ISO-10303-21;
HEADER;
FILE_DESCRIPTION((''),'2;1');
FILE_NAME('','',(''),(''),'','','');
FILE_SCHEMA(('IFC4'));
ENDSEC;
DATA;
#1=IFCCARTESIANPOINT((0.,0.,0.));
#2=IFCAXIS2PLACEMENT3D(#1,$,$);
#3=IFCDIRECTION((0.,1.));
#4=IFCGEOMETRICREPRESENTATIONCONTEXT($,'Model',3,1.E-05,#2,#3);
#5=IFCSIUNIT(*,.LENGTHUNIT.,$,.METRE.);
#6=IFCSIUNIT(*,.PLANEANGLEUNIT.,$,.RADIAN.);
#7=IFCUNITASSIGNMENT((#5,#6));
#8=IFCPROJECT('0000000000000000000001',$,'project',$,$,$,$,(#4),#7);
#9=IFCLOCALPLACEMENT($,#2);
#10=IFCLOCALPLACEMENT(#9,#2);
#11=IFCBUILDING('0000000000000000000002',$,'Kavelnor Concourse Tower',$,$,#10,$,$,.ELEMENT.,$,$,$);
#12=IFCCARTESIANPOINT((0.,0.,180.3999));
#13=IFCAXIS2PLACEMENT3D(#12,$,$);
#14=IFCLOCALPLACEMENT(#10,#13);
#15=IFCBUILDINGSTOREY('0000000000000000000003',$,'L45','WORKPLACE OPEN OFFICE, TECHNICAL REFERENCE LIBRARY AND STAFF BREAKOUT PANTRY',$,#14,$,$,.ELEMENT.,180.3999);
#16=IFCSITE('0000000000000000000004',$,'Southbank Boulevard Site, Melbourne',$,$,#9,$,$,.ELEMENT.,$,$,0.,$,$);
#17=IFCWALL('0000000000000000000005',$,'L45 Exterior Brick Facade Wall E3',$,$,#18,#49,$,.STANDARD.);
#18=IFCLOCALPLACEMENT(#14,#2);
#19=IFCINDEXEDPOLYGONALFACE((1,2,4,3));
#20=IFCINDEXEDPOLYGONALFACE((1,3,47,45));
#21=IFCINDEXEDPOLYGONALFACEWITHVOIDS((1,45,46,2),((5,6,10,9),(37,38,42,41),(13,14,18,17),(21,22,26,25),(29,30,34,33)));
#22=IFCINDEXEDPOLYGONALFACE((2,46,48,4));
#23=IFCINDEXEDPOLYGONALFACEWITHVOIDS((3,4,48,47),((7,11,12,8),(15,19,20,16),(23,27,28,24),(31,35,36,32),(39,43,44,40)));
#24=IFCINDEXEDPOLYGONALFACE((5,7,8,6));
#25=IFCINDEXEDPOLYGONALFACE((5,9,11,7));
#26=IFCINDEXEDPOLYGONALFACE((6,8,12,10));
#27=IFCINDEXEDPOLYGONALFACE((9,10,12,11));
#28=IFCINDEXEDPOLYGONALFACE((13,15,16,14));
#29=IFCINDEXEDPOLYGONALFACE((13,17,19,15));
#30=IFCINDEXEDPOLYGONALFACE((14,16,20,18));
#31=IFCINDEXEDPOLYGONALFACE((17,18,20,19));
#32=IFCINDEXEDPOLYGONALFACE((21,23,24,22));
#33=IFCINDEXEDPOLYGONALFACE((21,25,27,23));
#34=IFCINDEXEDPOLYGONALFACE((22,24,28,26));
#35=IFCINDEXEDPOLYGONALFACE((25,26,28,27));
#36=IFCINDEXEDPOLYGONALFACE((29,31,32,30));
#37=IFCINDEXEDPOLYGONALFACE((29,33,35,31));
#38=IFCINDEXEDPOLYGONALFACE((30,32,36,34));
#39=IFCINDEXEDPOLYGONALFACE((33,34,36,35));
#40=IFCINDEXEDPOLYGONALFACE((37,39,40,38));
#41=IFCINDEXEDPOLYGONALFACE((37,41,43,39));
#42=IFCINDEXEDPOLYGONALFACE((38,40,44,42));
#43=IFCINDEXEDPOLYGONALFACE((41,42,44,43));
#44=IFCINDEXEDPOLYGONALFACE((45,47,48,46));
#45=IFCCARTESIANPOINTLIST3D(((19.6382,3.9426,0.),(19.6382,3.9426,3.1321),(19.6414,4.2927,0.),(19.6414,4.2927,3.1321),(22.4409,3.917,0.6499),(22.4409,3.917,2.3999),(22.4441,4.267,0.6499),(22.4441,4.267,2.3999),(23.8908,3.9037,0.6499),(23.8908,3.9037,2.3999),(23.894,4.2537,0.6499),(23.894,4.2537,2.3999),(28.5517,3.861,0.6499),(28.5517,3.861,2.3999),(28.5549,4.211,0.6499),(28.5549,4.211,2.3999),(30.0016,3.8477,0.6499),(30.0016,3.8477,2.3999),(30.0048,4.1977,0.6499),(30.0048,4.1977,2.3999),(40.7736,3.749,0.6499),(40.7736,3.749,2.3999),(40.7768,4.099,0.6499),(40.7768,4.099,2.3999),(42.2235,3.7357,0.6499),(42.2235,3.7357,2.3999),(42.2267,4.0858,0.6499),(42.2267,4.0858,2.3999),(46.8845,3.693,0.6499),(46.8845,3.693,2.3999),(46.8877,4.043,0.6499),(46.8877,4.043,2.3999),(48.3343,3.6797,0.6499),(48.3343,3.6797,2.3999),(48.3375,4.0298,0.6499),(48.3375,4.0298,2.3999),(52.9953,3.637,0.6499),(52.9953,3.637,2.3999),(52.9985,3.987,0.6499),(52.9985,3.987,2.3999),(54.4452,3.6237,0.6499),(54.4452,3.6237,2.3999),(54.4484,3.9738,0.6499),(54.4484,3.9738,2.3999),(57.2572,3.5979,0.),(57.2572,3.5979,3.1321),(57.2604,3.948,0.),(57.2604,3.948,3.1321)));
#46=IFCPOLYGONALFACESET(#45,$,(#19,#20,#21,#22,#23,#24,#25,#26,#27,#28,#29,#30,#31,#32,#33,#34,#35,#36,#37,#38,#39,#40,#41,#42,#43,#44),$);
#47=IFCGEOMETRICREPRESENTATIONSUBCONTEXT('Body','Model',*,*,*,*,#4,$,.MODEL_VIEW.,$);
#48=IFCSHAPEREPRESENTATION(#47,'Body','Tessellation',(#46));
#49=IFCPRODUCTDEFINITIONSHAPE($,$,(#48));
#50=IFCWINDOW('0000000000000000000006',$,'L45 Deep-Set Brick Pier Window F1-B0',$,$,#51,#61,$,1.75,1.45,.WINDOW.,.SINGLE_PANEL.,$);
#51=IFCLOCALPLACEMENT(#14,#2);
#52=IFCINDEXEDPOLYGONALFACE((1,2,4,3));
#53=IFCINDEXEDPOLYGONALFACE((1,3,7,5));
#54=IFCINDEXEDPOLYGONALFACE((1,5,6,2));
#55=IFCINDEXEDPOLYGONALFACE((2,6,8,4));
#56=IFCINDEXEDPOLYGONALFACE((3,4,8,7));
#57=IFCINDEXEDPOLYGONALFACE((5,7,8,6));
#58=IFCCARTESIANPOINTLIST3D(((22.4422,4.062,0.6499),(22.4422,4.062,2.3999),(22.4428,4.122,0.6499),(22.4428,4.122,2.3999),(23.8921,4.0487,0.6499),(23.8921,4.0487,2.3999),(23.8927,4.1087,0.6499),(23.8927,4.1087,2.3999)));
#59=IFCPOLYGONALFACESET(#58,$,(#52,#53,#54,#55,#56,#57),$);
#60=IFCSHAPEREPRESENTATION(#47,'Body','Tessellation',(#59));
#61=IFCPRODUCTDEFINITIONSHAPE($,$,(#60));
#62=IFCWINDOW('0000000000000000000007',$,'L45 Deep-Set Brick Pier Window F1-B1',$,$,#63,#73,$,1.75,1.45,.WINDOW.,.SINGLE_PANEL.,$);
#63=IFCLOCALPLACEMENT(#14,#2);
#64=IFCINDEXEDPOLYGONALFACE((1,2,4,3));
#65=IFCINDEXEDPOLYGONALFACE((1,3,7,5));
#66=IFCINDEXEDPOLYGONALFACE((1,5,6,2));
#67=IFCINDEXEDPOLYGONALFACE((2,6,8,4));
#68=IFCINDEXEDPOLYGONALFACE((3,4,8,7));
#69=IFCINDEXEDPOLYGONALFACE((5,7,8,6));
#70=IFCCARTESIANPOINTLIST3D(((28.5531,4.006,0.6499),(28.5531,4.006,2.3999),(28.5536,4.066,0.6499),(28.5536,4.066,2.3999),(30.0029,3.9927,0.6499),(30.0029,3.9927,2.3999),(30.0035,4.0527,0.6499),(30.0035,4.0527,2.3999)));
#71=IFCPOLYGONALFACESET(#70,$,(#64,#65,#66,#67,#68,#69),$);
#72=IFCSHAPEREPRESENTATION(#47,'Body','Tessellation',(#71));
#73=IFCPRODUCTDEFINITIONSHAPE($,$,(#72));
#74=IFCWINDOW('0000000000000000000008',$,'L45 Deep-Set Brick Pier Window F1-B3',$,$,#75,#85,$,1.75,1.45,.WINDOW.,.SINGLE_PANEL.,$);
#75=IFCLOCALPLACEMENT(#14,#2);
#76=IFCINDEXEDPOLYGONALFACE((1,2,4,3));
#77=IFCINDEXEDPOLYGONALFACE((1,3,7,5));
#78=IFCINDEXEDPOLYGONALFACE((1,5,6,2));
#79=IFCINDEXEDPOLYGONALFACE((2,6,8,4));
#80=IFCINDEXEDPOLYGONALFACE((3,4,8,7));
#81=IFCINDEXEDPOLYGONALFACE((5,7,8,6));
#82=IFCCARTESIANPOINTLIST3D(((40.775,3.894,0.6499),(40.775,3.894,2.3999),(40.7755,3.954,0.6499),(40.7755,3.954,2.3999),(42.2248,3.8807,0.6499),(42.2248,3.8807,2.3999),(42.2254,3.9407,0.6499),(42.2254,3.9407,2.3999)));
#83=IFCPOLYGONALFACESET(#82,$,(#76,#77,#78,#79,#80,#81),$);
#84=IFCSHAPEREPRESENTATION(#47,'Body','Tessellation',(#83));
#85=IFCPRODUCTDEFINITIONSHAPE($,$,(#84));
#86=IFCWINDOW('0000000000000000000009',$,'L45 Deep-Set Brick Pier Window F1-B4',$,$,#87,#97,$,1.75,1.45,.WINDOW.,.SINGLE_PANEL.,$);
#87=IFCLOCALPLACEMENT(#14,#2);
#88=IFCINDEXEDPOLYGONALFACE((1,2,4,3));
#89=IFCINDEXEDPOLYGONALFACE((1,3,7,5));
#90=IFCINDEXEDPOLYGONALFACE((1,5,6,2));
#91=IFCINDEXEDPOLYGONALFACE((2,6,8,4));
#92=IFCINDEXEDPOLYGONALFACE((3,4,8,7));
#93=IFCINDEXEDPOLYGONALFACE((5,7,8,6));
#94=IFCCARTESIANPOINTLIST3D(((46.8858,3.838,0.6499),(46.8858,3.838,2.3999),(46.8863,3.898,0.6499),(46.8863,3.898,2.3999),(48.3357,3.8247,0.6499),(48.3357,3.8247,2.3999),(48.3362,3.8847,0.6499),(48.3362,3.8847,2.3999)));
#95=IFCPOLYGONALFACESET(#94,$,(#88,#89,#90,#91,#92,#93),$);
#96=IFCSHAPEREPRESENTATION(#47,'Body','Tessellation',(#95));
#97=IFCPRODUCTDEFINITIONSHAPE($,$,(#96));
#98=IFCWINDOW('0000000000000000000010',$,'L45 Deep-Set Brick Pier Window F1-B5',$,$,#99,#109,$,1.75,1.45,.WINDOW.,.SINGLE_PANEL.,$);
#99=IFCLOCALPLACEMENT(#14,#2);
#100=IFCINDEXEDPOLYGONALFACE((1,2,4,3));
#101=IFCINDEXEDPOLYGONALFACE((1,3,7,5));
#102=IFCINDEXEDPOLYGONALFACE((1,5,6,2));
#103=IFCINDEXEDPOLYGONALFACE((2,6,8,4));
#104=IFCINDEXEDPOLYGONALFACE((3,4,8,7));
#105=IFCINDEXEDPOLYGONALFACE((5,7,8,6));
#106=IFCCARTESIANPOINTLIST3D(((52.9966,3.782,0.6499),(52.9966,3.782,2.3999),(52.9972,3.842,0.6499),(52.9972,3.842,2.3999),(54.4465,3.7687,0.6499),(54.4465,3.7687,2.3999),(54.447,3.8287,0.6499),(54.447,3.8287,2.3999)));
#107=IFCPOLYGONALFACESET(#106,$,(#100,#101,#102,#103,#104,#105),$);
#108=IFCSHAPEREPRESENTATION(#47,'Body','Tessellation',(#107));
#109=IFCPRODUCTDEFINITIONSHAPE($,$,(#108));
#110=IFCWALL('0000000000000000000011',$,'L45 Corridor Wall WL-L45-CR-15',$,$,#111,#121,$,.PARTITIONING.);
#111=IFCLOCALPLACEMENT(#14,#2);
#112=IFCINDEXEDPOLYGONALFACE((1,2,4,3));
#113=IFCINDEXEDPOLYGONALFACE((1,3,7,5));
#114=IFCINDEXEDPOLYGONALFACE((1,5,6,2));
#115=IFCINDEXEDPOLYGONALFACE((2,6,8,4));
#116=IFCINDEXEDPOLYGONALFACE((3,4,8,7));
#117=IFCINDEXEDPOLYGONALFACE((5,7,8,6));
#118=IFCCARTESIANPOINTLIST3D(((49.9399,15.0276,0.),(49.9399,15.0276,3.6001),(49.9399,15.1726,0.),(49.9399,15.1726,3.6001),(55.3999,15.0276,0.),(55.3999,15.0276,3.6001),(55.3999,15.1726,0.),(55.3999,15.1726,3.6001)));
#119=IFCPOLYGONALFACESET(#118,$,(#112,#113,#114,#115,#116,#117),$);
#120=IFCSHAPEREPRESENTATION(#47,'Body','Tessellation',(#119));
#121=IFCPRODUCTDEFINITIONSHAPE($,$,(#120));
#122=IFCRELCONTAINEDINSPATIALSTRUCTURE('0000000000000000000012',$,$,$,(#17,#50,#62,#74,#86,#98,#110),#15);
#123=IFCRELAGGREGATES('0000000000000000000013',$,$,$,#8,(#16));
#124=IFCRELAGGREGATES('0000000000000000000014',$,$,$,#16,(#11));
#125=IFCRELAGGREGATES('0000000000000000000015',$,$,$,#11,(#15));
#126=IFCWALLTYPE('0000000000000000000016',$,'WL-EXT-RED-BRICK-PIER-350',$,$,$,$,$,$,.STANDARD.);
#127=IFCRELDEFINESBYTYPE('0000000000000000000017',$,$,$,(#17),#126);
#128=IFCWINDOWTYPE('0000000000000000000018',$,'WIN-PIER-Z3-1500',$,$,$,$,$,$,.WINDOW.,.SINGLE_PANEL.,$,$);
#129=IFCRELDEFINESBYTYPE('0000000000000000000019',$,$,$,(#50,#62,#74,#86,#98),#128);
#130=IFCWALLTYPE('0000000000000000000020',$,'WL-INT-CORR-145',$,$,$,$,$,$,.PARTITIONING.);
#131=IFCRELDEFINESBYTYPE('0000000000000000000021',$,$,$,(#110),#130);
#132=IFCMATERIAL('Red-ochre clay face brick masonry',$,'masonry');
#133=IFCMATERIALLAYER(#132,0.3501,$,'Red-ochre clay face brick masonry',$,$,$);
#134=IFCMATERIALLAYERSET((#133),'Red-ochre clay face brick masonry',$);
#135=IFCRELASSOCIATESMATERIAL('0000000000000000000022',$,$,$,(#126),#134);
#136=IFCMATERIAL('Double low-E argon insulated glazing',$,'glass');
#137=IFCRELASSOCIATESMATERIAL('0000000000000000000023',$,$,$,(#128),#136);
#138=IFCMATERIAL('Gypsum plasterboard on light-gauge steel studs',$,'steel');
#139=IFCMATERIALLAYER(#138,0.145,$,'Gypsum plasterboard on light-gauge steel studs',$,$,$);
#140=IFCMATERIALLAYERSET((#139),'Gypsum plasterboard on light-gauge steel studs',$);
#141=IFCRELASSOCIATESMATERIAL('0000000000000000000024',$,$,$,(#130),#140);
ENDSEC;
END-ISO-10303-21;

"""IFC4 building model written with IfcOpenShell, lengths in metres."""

from ifc_helpers import new_model, si_unit, direction, frame, frame_2d, origin, place, context, subcontext, project, spatial, rectangle, extrude, material, layer, layer_set, type_object, element, fill, save


model = new_model("IFC4")

# Units and contexts
model_context = context("Model", 3, precision=1e-05, world=origin(), true_north=direction((0.0, 1.0)))
body_context = subcontext(model_context, "Body", "Model", "MODEL_VIEW")
ifc_project = project(units=[si_unit("LENGTHUNIT", "METRE"), si_unit("PLANEANGLEUNIT", "RADIAN")], contexts=[model_context])

# Site, building, storey
site_placement = place(None, origin())
site = spatial("IfcSite", under=ifc_project, at=site_placement, Name="Southbank Boulevard Site, Melbourne", CompositionType="ELEMENT", RefElevation=0.0)
building_placement = place(site_placement, origin())
building = spatial("IfcBuilding", under=site, at=building_placement, Name="Kavelnor Concourse Tower", CompositionType="ELEMENT")
storey_placement = place(building_placement, frame((0.0, 0.0, 180.3999)))
storey = spatial("IfcBuildingStorey", under=building, at=storey_placement, Name="L45", Description="WORKPLACE OPEN OFFICE, TECHNICAL REFERENCE LIBRARY AND STAFF BREAKOUT PANTRY", CompositionType="ELEMENT", Elevation=180.3999)

# Shared definitions
ifc_material_1 = material(Name="Double low-E argon insulated glazing", Category="glass")

# Wall, openings, windows
ifc_material_2 = material(Name="Red-ochre clay face brick masonry", Category="masonry")
ifc_layer_1 = layer(ifc_material_2, 0.3501, Name="Red-ochre clay face brick masonry")
ifc_layer_set_1 = layer_set([ifc_layer_1], Name="Red-ochre clay face brick masonry")
wall_type_1 = type_object("IfcWallType", Name="WL-EXT-RED-BRICK-PIER-350", PredefinedType="STANDARD", material=ifc_layer_set_1)
wall_1_placement = place(storey_placement, frame((57.2588, 3.7729, 0.0), z_axis=(0.0, 0.0, 1.0), x_axis=(-0.999958, 0.009163, 0.0)))
wall_1 = element("IfcWall", 1, at=wall_1_placement, inside=storey, type_object=wall_type_1, Name="L45 Exterior Brick Facade Wall E3", PredefinedType="STANDARD", context=body_context, shape_type="SweptSolid", body=[
    extrude(rectangle(XDim=37.6206, YDim=0.3501, at=frame_2d((18.8103, 0.0))), origin(), (0.0, 0.0, 1.0), 3.1321),
])
opening_1_placement = place(wall_1_placement, frame((33.3677, 0.0, 0.6499)))
opening_1 = element("IfcOpeningElement", 2, at=opening_1_placement, cuts=wall_1, PredefinedType="OPENING", context=body_context, shape_type="SweptSolid", body=[
    extrude(rectangle(XDim=1.45, YDim=1.75, at=frame_2d((0.7251, 0.875))), frame((0.0, 0.1851, 0.0), z_axis=(0.0, -1.0, 0.0), x_axis=(1.0, 0.0, 0.0)), (0.0, 0.0, 1.0), 0.3701),
])
opening_2_placement = place(wall_1_placement, frame((27.2566, 0.0, 0.6499)))
opening_2 = element("IfcOpeningElement", 3, at=opening_2_placement, cuts=wall_1, PredefinedType="OPENING", context=body_context, shape_type="SweptSolid", body=[
    extrude(rectangle(XDim=1.45, YDim=1.75, at=frame_2d((0.7251, 0.875))), frame((0.0, 0.1851, 0.0), z_axis=(0.0, -1.0, 0.0), x_axis=(1.0, 0.0, 0.0)), (0.0, 0.0, 1.0), 0.3701),
])
opening_3_placement = place(wall_1_placement, frame((15.0342, 0.0, 0.6499)))
opening_3 = element("IfcOpeningElement", 4, at=opening_3_placement, cuts=wall_1, PredefinedType="OPENING", context=body_context, shape_type="SweptSolid", body=[
    extrude(rectangle(XDim=1.45, YDim=1.75, at=frame_2d((0.7251, 0.875))), frame((0.0, 0.1851, 0.0), z_axis=(0.0, -1.0, 0.0), x_axis=(1.0, 0.0, 0.0)), (0.0, 0.0, 1.0), 0.3701),
])
opening_4_placement = place(wall_1_placement, frame((8.9231, 0.0, 0.6499)))
opening_4 = element("IfcOpeningElement", 5, at=opening_4_placement, cuts=wall_1, PredefinedType="OPENING", context=body_context, shape_type="SweptSolid", body=[
    extrude(rectangle(XDim=1.45, YDim=1.75, at=frame_2d((0.7251, 0.875))), frame((0.0, 0.1851, 0.0), z_axis=(0.0, -1.0, 0.0), x_axis=(1.0, 0.0, 0.0)), (0.0, 0.0, 1.0), 0.3701),
])
opening_5_placement = place(wall_1_placement, frame((2.812, 0.0, 0.6499)))
opening_5 = element("IfcOpeningElement", 6, at=opening_5_placement, cuts=wall_1, PredefinedType="OPENING", context=body_context, shape_type="SweptSolid", body=[
    extrude(rectangle(XDim=1.45, YDim=1.75, at=frame_2d((0.7251, 0.875))), frame((0.0, 0.1851, 0.0), z_axis=(0.0, -1.0, 0.0), x_axis=(1.0, 0.0, 0.0)), (0.0, 0.0, 1.0), 0.3701),
])
window_type_1 = type_object("IfcWindowType", Name="WIN-PIER-Z3-1500", PartitioningType="SINGLE_PANEL", PredefinedType="WINDOW", material=ifc_material_1)
window_1_placement = place(opening_1_placement, origin())
window_1 = element("IfcWindow", 7, at=window_1_placement, inside=storey, type_object=window_type_1, Name="L45 Deep-Set Brick Pier Window F1-B0", OverallHeight=1.75, OverallWidth=1.45, PartitioningType="SINGLE_PANEL", PredefinedType="WINDOW", context=body_context, shape_type="SweptSolid", body=[
    extrude(rectangle(XDim=1.45, YDim=1.75, at=frame_2d((0.7251, 0.875))), frame((0.0, 0.03, 0.0), z_axis=(0.0, -1.0, 0.0), x_axis=(1.0, 0.0, 0.0)), (0.0, 0.0, 1.0), 0.0601),
])
fill(opening_1, window_1)
window_2_placement = place(opening_2_placement, origin())
window_2 = element("IfcWindow", 8, at=window_2_placement, inside=storey, type_object=window_type_1, Name="L45 Deep-Set Brick Pier Window F1-B1", OverallHeight=1.75, OverallWidth=1.45, PartitioningType="SINGLE_PANEL", PredefinedType="WINDOW", context=body_context, shape_type="SweptSolid", body=[
    extrude(rectangle(XDim=1.45, YDim=1.75, at=frame_2d((0.7251, 0.875))), frame((0.0, 0.03, 0.0), z_axis=(0.0, -1.0, 0.0), x_axis=(1.0, 0.0, 0.0)), (0.0, 0.0, 1.0), 0.0601),
])
fill(opening_2, window_2)
window_3_placement = place(opening_3_placement, origin())
window_3 = element("IfcWindow", 9, at=window_3_placement, inside=storey, type_object=window_type_1, Name="L45 Deep-Set Brick Pier Window F1-B3", OverallHeight=1.75, OverallWidth=1.45, PartitioningType="SINGLE_PANEL", PredefinedType="WINDOW", context=body_context, shape_type="SweptSolid", body=[
    extrude(rectangle(XDim=1.45, YDim=1.75, at=frame_2d((0.7251, 0.875))), frame((0.0, 0.03, 0.0), z_axis=(0.0, -1.0, 0.0), x_axis=(1.0, 0.0, 0.0)), (0.0, 0.0, 1.0), 0.0601),
])
fill(opening_3, window_3)
window_4_placement = place(opening_4_placement, origin())
window_4 = element("IfcWindow", 10, at=window_4_placement, inside=storey, type_object=window_type_1, Name="L45 Deep-Set Brick Pier Window F1-B4", OverallHeight=1.75, OverallWidth=1.45, PartitioningType="SINGLE_PANEL", PredefinedType="WINDOW", context=body_context, shape_type="SweptSolid", body=[
    extrude(rectangle(XDim=1.45, YDim=1.75, at=frame_2d((0.7251, 0.875))), frame((0.0, 0.03, 0.0), z_axis=(0.0, -1.0, 0.0), x_axis=(1.0, 0.0, 0.0)), (0.0, 0.0, 1.0), 0.0601),
])
fill(opening_4, window_4)
window_5_placement = place(opening_5_placement, origin())
window_5 = element("IfcWindow", 11, at=window_5_placement, inside=storey, type_object=window_type_1, Name="L45 Deep-Set Brick Pier Window F1-B5", OverallHeight=1.75, OverallWidth=1.45, PartitioningType="SINGLE_PANEL", PredefinedType="WINDOW", context=body_context, shape_type="SweptSolid", body=[
    extrude(rectangle(XDim=1.45, YDim=1.75, at=frame_2d((0.7251, 0.875))), frame((0.0, 0.03, 0.0), z_axis=(0.0, -1.0, 0.0), x_axis=(1.0, 0.0, 0.0)), (0.0, 0.0, 1.0), 0.0601),
])
fill(opening_5, window_5)

# Wall
ifc_material_3 = material(Name="Gypsum plasterboard on light-gauge steel studs", Category="steel")
ifc_layer_2 = layer(ifc_material_3, 0.145, Name="Gypsum plasterboard on light-gauge steel studs")
ifc_layer_set_2 = layer_set([ifc_layer_2], Name="Gypsum plasterboard on light-gauge steel studs")
wall_type_2 = type_object("IfcWallType", Name="WL-INT-CORR-145", PredefinedType="PARTITIONING", material=ifc_layer_set_2)
wall_2_placement = place(storey_placement, frame((55.3999, 15.1001, 0.0), z_axis=(0.0, 0.0, 1.0), x_axis=(-1.0, 0.0, 0.0)))
element("IfcWall", 12, at=wall_2_placement, inside=storey, type_object=wall_type_2, Name="L45 Corridor Wall WL-L45-CR-15", PredefinedType="PARTITIONING", context=body_context, shape_type="SweptSolid", body=[
    extrude(rectangle(XDim=5.46, YDim=0.145, at=frame_2d((2.73, 0.0))), origin(), (0.0, 0.0, 1.0), 3.6001),
])

save(model, "model.ifc")
